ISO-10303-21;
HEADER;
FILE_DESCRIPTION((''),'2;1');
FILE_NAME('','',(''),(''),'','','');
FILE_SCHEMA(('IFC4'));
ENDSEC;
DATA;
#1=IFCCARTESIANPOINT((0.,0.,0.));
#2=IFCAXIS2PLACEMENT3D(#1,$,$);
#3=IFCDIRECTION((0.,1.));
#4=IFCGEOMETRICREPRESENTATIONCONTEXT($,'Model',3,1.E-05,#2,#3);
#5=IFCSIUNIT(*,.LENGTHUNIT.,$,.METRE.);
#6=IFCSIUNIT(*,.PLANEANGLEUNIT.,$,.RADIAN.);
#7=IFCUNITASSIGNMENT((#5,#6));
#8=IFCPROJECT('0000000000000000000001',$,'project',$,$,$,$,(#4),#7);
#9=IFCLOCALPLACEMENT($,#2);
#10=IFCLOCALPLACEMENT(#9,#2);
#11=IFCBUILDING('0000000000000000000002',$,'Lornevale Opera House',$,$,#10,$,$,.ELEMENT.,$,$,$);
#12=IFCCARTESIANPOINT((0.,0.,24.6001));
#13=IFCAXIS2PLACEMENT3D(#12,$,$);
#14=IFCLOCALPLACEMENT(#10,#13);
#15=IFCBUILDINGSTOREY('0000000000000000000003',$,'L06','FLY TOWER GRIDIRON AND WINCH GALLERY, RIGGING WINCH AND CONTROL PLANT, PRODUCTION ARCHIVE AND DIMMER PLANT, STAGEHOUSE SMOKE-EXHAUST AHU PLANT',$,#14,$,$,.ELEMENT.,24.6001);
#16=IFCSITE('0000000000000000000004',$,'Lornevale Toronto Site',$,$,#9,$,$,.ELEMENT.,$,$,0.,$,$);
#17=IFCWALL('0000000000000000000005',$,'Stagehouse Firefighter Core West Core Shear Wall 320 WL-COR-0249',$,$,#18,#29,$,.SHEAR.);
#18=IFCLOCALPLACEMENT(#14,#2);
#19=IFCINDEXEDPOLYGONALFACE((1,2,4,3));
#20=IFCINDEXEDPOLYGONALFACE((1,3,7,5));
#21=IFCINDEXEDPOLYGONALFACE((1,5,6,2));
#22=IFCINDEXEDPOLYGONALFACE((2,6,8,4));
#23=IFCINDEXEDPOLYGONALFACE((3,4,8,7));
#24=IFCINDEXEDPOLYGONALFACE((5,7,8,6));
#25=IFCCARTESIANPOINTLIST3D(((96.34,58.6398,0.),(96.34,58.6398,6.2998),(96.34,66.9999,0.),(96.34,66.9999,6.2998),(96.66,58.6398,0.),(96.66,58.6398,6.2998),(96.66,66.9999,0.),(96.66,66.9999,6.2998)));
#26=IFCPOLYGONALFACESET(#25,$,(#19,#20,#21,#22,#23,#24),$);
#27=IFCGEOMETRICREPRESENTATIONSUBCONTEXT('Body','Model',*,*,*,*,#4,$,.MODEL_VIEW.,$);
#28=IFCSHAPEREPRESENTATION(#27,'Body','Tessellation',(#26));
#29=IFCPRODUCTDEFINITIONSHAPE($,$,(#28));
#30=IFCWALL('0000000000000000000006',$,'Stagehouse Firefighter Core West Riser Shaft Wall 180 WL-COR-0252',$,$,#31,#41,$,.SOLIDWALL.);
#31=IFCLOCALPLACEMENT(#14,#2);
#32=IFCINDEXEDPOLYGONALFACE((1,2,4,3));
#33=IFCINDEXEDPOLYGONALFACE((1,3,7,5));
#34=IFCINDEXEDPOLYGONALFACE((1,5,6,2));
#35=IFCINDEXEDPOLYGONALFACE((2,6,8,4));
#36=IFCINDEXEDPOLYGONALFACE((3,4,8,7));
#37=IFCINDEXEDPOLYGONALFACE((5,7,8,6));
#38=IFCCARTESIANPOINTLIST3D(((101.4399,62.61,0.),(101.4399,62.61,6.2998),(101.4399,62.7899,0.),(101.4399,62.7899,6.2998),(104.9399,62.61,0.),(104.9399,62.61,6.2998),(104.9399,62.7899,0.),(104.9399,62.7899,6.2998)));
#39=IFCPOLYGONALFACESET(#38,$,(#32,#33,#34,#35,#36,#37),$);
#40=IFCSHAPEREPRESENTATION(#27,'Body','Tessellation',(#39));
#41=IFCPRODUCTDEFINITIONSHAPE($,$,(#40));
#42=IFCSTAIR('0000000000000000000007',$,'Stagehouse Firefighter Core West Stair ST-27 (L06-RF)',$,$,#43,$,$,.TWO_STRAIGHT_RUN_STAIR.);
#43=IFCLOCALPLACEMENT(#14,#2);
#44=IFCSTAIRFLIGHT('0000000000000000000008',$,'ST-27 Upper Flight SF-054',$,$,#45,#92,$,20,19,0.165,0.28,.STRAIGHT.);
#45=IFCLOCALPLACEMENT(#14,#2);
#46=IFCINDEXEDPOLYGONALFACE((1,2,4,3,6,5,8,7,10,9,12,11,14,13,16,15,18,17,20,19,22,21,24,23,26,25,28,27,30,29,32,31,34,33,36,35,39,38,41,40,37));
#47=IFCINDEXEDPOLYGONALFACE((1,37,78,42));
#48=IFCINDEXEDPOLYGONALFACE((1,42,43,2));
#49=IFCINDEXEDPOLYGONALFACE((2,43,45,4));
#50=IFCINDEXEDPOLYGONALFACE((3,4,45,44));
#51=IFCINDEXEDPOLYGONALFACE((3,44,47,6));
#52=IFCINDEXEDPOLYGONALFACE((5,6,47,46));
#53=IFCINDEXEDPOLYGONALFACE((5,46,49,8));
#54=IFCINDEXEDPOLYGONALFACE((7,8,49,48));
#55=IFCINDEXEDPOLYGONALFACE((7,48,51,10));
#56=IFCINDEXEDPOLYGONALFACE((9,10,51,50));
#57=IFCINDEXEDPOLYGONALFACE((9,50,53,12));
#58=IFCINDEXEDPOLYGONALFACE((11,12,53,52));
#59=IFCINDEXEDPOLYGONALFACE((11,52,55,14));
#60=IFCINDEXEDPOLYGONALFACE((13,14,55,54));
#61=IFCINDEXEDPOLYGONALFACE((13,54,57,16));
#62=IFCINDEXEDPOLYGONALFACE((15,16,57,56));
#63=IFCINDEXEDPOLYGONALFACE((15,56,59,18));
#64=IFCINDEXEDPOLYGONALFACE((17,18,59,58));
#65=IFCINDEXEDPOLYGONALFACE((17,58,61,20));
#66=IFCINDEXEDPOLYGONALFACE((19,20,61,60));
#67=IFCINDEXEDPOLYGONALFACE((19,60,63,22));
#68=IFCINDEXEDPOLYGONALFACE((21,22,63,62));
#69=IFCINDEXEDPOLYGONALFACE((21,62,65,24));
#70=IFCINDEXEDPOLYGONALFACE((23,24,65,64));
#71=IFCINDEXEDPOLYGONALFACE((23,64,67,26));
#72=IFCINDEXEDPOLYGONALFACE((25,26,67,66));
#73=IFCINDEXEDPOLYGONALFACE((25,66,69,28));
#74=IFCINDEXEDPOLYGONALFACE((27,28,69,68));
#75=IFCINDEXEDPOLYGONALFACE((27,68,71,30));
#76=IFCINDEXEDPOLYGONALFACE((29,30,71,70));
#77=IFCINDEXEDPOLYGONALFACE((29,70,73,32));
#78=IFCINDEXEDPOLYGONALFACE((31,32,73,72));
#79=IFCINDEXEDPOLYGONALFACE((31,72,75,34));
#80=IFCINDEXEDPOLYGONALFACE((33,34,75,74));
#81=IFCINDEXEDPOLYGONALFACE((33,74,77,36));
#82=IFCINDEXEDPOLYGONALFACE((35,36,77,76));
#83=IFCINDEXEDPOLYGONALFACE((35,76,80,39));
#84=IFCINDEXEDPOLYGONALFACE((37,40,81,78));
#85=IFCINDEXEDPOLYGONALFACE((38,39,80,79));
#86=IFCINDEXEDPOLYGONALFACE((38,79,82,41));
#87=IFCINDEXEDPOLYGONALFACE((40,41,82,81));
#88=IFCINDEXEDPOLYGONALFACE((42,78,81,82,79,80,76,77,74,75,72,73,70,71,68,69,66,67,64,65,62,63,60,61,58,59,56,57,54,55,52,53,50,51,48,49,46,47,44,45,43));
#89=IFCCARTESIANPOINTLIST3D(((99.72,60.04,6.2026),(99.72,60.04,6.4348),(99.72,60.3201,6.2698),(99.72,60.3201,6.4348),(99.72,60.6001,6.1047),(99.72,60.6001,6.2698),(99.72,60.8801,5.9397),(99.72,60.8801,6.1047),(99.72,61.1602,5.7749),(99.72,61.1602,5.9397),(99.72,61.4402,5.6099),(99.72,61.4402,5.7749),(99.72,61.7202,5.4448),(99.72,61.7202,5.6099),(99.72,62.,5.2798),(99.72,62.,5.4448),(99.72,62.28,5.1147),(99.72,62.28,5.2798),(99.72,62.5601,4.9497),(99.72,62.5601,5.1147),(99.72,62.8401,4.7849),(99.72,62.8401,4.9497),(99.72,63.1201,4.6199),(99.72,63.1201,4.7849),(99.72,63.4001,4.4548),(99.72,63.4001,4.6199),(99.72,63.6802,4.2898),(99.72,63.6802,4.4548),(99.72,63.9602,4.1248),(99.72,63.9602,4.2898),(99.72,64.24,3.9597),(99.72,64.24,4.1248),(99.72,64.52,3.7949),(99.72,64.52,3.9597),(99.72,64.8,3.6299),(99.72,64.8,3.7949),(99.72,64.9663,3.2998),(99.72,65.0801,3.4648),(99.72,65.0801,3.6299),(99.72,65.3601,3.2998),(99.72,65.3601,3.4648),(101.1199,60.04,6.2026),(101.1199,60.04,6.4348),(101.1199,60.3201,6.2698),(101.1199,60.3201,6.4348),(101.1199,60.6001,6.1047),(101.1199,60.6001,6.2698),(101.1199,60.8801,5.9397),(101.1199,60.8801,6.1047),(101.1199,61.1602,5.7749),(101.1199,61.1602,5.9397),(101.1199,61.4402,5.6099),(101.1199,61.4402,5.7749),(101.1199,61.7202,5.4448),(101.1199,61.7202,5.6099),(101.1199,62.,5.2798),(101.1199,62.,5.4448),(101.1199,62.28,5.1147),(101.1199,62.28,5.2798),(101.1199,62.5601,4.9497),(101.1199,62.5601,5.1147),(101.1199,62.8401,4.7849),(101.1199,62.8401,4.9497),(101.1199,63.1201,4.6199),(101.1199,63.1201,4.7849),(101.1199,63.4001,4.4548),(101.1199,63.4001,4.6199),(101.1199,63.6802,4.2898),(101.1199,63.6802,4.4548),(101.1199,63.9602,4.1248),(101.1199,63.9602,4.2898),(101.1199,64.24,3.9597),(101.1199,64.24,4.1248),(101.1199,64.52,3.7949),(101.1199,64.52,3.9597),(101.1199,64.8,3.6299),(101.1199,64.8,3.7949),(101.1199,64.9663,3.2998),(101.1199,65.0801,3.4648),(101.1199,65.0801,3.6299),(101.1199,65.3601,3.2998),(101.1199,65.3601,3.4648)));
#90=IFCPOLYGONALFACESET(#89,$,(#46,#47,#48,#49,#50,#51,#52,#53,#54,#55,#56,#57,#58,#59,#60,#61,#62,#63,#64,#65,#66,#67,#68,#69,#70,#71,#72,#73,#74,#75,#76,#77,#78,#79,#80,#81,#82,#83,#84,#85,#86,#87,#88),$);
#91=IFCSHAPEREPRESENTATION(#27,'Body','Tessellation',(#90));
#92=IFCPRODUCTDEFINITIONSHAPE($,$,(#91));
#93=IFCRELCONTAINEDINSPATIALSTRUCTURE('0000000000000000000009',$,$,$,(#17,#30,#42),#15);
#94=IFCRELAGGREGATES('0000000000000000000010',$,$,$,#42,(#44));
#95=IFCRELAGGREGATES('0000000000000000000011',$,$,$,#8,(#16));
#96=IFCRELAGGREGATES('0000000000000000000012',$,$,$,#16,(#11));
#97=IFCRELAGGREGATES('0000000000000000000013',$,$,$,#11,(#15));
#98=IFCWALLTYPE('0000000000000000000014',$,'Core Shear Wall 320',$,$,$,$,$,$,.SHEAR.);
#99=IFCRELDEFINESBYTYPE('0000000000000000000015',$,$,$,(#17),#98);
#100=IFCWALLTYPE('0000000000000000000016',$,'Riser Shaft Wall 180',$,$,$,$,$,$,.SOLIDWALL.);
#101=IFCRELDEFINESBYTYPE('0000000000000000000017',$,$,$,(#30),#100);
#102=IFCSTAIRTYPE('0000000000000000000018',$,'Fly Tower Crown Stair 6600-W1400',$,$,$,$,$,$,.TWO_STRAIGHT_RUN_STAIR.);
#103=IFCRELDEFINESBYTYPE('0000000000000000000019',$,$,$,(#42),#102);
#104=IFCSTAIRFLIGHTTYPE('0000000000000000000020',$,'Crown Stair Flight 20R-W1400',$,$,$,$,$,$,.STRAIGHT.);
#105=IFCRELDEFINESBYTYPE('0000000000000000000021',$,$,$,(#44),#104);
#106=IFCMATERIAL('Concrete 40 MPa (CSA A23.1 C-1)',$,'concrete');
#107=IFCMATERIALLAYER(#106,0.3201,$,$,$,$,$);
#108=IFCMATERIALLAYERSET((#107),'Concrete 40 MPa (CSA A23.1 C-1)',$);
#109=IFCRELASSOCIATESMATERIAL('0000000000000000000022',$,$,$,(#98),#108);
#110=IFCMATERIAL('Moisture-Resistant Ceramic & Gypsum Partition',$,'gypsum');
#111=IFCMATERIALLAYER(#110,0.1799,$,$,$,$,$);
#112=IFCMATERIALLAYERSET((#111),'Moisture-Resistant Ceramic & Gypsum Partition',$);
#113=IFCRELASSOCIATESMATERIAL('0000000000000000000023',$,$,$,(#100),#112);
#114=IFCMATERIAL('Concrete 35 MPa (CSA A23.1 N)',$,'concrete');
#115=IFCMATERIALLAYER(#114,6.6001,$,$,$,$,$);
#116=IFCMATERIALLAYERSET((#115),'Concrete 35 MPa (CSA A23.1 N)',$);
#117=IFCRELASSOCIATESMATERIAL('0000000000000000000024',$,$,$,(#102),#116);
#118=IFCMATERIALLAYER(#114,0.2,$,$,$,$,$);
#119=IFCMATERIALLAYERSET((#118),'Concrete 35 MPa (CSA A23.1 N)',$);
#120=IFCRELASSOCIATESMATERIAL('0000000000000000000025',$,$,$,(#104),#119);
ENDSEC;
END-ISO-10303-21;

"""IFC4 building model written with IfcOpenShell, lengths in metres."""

from ifc_helpers import new_model, si_unit, direction, frame, frame_2d, origin, place, context, subcontext, project, spatial, polyline, rectangle, outline, extrude, material, layer, layer_set, type_object, element, aggregate, save


model = new_model("IFC4")

# Units and contexts
model_context = context("Model", 3, precision=1e-05, world=origin(), true_north=direction((0.0, 1.0)))
body_context = subcontext(model_context, "Body", "Model", "MODEL_VIEW")
ifc_project = project(units=[si_unit("LENGTHUNIT", "METRE"), si_unit("PLANEANGLEUNIT", "RADIAN")], contexts=[model_context])

# Site, building, storey
site_placement = place(None, origin())
site = spatial("IfcSite", under=ifc_project, at=site_placement, Name="Lornevale Toronto Site", CompositionType="ELEMENT", RefElevation=0.0)
building_placement = place(site_placement, origin())
building = spatial("IfcBuilding", under=site, at=building_placement, Name="Lornevale Opera House", CompositionType="ELEMENT")
storey_placement = place(building_placement, frame((0.0, 0.0, 24.6001)))
storey = spatial("IfcBuildingStorey", under=building, at=storey_placement, Name="L06", Description="FLY TOWER GRIDIRON AND WINCH GALLERY, RIGGING WINCH AND CONTROL PLANT, PRODUCTION ARCHIVE AND DIMMER PLANT, STAGEHOUSE SMOKE-EXHAUST AHU PLANT", CompositionType="ELEMENT", Elevation=24.6001)

# Shared definitions
ifc_material_1 = material(Name="Concrete 35 MPa (CSA A23.1 N)", Category="concrete")

# Walls
ifc_material_2 = material(Name="Concrete 40 MPa (CSA A23.1 C-1)", Category="concrete")
ifc_layer_1 = layer(ifc_material_2, 0.3201)
ifc_layer_set_1 = layer_set([ifc_layer_1], Name="Concrete 40 MPa (CSA A23.1 C-1)")
wall_type_1 = type_object("IfcWallType", Name="Core Shear Wall 320", PredefinedType="SHEAR", material=ifc_layer_set_1)
wall_1_placement = place(storey_placement, frame((96.5, 67.0, 0.0), z_axis=(0.0, 0.0, 1.0), x_axis=(0.0, -1.0, 0.0)))
element("IfcWall", 1, at=wall_1_placement, inside=storey, type_object=wall_type_1, Name="Stagehouse Firefighter Core West Core Shear Wall 320 WL-COR-0249", PredefinedType="SHEAR", context=body_context, shape_type="SweptSolid", body=[
    extrude(rectangle(XDim=8.3601, YDim=0.3201, at=frame_2d((4.1802, 0.0))), origin(), (0.0, 0.0, 1.0), 6.2998),
])
ifc_material_3 = material(Name="Moisture-Resistant Ceramic & Gypsum Partition", Category="gypsum")
ifc_layer_2 = layer(ifc_material_3, 0.1799)
ifc_layer_set_2 = layer_set([ifc_layer_2], Name="Moisture-Resistant Ceramic & Gypsum Partition")
wall_type_2 = type_object("IfcWallType", Name="Riser Shaft Wall 180", PredefinedType="SOLIDWALL", material=ifc_layer_set_2)
wall_2_placement = place(storey_placement, frame((101.4399, 62.7, 0.0), z_axis=(0.0, 0.0, 1.0), x_axis=(1.0, 0.0, 0.0)))
element("IfcWall", 2, at=wall_2_placement, inside=storey, type_object=wall_type_2, Name="Stagehouse Firefighter Core West Riser Shaft Wall 180 WL-COR-0252", PredefinedType="SOLIDWALL", context=body_context, shape_type="SweptSolid", body=[
    extrude(rectangle(XDim=3.5, YDim=0.1799, at=frame_2d((1.75, 0.0))), origin(), (0.0, 0.0, 1.0), 6.2998),
])

# Stair, stair flight
ifc_layer_3 = layer(ifc_material_1, 6.6001)
ifc_layer_set_3 = layer_set([ifc_layer_3], Name="Concrete 35 MPa (CSA A23.1 N)")
stair_type = type_object("IfcStairType", Name="Fly Tower Crown Stair 6600-W1400", PredefinedType="TWO_STRAIGHT_RUN_STAIR", material=ifc_layer_set_3)
stair_placement = place(storey_placement, origin())
stair = element("IfcStair", 3, at=stair_placement, inside=storey, type_object=stair_type, Name="Stagehouse Firefighter Core West Stair ST-27 (L06-RF)", PredefinedType="TWO_STRAIGHT_RUN_STAIR")
ifc_layer_4 = layer(ifc_material_1, 0.2)
ifc_layer_set_4 = layer_set([ifc_layer_4], Name="Concrete 35 MPa (CSA A23.1 N)")
stair_flight_type = type_object("IfcStairFlightType", Name="Crown Stair Flight 20R-W1400", PredefinedType="STRAIGHT", material=ifc_layer_set_4)
stair_flight_placement = place(storey_placement, frame((100.4199, 65.3601, 3.2998), z_axis=(0.0, 0.0, 1.0), x_axis=(0.0, -1.0, 0.0)))
stair_flight = element("IfcStairFlight", 4, at=stair_flight_placement, type_object=stair_flight_type, Name="ST-27 Upper Flight SF-054", NumberOfRisers=20, NumberOfTreads=19, PredefinedType="STRAIGHT", RiserHeight=0.165, TreadLength=0.28, context=body_context, shape_type="SweptSolid", body=[
    extrude(outline(polyline([(0.0, 0.0), (0.0, 0.165), (0.28, 0.165), (0.28, 0.3301), (0.5601, 0.3301), (0.5601, 0.4951), (0.8401, 0.4951), (0.8401, 0.6599), (1.1201, 0.6599), (1.1201, 0.825), (1.3999, 0.825), (1.3999, 0.99), (1.6799, 0.99), (1.6799, 1.155), (1.96, 1.155), (1.96, 1.3201), (2.24, 1.3201), (2.24, 1.4851), (2.52, 1.4851), (2.52, 1.6499), (2.8, 1.6499), (2.8, 1.8149), (3.0801, 1.8149), (3.0801, 1.98), (3.3601, 1.98), (3.3601, 2.145), (3.6399, 2.145), (3.6399, 2.3101), (3.9199, 2.3101), (3.9199, 2.4751), (4.2, 2.4751), (4.2, 2.6399), (4.48, 2.6399), (4.48, 2.8049), (4.76, 2.8049), (4.76, 2.97), (5.04, 2.97), (5.04, 3.135), (5.3201, 3.135), (5.3201, 2.9028), (0.3938, 0.0), (0.0, 0.0)])), frame((0.0, 0.7, 0.0), z_axis=(0.0, -1.0, 0.0), x_axis=(1.0, 0.0, 0.0)), (0.0, 0.0, 1.0), 1.3999),
])
aggregate(stair, [stair_flight])

save(model, "model.ifc")
